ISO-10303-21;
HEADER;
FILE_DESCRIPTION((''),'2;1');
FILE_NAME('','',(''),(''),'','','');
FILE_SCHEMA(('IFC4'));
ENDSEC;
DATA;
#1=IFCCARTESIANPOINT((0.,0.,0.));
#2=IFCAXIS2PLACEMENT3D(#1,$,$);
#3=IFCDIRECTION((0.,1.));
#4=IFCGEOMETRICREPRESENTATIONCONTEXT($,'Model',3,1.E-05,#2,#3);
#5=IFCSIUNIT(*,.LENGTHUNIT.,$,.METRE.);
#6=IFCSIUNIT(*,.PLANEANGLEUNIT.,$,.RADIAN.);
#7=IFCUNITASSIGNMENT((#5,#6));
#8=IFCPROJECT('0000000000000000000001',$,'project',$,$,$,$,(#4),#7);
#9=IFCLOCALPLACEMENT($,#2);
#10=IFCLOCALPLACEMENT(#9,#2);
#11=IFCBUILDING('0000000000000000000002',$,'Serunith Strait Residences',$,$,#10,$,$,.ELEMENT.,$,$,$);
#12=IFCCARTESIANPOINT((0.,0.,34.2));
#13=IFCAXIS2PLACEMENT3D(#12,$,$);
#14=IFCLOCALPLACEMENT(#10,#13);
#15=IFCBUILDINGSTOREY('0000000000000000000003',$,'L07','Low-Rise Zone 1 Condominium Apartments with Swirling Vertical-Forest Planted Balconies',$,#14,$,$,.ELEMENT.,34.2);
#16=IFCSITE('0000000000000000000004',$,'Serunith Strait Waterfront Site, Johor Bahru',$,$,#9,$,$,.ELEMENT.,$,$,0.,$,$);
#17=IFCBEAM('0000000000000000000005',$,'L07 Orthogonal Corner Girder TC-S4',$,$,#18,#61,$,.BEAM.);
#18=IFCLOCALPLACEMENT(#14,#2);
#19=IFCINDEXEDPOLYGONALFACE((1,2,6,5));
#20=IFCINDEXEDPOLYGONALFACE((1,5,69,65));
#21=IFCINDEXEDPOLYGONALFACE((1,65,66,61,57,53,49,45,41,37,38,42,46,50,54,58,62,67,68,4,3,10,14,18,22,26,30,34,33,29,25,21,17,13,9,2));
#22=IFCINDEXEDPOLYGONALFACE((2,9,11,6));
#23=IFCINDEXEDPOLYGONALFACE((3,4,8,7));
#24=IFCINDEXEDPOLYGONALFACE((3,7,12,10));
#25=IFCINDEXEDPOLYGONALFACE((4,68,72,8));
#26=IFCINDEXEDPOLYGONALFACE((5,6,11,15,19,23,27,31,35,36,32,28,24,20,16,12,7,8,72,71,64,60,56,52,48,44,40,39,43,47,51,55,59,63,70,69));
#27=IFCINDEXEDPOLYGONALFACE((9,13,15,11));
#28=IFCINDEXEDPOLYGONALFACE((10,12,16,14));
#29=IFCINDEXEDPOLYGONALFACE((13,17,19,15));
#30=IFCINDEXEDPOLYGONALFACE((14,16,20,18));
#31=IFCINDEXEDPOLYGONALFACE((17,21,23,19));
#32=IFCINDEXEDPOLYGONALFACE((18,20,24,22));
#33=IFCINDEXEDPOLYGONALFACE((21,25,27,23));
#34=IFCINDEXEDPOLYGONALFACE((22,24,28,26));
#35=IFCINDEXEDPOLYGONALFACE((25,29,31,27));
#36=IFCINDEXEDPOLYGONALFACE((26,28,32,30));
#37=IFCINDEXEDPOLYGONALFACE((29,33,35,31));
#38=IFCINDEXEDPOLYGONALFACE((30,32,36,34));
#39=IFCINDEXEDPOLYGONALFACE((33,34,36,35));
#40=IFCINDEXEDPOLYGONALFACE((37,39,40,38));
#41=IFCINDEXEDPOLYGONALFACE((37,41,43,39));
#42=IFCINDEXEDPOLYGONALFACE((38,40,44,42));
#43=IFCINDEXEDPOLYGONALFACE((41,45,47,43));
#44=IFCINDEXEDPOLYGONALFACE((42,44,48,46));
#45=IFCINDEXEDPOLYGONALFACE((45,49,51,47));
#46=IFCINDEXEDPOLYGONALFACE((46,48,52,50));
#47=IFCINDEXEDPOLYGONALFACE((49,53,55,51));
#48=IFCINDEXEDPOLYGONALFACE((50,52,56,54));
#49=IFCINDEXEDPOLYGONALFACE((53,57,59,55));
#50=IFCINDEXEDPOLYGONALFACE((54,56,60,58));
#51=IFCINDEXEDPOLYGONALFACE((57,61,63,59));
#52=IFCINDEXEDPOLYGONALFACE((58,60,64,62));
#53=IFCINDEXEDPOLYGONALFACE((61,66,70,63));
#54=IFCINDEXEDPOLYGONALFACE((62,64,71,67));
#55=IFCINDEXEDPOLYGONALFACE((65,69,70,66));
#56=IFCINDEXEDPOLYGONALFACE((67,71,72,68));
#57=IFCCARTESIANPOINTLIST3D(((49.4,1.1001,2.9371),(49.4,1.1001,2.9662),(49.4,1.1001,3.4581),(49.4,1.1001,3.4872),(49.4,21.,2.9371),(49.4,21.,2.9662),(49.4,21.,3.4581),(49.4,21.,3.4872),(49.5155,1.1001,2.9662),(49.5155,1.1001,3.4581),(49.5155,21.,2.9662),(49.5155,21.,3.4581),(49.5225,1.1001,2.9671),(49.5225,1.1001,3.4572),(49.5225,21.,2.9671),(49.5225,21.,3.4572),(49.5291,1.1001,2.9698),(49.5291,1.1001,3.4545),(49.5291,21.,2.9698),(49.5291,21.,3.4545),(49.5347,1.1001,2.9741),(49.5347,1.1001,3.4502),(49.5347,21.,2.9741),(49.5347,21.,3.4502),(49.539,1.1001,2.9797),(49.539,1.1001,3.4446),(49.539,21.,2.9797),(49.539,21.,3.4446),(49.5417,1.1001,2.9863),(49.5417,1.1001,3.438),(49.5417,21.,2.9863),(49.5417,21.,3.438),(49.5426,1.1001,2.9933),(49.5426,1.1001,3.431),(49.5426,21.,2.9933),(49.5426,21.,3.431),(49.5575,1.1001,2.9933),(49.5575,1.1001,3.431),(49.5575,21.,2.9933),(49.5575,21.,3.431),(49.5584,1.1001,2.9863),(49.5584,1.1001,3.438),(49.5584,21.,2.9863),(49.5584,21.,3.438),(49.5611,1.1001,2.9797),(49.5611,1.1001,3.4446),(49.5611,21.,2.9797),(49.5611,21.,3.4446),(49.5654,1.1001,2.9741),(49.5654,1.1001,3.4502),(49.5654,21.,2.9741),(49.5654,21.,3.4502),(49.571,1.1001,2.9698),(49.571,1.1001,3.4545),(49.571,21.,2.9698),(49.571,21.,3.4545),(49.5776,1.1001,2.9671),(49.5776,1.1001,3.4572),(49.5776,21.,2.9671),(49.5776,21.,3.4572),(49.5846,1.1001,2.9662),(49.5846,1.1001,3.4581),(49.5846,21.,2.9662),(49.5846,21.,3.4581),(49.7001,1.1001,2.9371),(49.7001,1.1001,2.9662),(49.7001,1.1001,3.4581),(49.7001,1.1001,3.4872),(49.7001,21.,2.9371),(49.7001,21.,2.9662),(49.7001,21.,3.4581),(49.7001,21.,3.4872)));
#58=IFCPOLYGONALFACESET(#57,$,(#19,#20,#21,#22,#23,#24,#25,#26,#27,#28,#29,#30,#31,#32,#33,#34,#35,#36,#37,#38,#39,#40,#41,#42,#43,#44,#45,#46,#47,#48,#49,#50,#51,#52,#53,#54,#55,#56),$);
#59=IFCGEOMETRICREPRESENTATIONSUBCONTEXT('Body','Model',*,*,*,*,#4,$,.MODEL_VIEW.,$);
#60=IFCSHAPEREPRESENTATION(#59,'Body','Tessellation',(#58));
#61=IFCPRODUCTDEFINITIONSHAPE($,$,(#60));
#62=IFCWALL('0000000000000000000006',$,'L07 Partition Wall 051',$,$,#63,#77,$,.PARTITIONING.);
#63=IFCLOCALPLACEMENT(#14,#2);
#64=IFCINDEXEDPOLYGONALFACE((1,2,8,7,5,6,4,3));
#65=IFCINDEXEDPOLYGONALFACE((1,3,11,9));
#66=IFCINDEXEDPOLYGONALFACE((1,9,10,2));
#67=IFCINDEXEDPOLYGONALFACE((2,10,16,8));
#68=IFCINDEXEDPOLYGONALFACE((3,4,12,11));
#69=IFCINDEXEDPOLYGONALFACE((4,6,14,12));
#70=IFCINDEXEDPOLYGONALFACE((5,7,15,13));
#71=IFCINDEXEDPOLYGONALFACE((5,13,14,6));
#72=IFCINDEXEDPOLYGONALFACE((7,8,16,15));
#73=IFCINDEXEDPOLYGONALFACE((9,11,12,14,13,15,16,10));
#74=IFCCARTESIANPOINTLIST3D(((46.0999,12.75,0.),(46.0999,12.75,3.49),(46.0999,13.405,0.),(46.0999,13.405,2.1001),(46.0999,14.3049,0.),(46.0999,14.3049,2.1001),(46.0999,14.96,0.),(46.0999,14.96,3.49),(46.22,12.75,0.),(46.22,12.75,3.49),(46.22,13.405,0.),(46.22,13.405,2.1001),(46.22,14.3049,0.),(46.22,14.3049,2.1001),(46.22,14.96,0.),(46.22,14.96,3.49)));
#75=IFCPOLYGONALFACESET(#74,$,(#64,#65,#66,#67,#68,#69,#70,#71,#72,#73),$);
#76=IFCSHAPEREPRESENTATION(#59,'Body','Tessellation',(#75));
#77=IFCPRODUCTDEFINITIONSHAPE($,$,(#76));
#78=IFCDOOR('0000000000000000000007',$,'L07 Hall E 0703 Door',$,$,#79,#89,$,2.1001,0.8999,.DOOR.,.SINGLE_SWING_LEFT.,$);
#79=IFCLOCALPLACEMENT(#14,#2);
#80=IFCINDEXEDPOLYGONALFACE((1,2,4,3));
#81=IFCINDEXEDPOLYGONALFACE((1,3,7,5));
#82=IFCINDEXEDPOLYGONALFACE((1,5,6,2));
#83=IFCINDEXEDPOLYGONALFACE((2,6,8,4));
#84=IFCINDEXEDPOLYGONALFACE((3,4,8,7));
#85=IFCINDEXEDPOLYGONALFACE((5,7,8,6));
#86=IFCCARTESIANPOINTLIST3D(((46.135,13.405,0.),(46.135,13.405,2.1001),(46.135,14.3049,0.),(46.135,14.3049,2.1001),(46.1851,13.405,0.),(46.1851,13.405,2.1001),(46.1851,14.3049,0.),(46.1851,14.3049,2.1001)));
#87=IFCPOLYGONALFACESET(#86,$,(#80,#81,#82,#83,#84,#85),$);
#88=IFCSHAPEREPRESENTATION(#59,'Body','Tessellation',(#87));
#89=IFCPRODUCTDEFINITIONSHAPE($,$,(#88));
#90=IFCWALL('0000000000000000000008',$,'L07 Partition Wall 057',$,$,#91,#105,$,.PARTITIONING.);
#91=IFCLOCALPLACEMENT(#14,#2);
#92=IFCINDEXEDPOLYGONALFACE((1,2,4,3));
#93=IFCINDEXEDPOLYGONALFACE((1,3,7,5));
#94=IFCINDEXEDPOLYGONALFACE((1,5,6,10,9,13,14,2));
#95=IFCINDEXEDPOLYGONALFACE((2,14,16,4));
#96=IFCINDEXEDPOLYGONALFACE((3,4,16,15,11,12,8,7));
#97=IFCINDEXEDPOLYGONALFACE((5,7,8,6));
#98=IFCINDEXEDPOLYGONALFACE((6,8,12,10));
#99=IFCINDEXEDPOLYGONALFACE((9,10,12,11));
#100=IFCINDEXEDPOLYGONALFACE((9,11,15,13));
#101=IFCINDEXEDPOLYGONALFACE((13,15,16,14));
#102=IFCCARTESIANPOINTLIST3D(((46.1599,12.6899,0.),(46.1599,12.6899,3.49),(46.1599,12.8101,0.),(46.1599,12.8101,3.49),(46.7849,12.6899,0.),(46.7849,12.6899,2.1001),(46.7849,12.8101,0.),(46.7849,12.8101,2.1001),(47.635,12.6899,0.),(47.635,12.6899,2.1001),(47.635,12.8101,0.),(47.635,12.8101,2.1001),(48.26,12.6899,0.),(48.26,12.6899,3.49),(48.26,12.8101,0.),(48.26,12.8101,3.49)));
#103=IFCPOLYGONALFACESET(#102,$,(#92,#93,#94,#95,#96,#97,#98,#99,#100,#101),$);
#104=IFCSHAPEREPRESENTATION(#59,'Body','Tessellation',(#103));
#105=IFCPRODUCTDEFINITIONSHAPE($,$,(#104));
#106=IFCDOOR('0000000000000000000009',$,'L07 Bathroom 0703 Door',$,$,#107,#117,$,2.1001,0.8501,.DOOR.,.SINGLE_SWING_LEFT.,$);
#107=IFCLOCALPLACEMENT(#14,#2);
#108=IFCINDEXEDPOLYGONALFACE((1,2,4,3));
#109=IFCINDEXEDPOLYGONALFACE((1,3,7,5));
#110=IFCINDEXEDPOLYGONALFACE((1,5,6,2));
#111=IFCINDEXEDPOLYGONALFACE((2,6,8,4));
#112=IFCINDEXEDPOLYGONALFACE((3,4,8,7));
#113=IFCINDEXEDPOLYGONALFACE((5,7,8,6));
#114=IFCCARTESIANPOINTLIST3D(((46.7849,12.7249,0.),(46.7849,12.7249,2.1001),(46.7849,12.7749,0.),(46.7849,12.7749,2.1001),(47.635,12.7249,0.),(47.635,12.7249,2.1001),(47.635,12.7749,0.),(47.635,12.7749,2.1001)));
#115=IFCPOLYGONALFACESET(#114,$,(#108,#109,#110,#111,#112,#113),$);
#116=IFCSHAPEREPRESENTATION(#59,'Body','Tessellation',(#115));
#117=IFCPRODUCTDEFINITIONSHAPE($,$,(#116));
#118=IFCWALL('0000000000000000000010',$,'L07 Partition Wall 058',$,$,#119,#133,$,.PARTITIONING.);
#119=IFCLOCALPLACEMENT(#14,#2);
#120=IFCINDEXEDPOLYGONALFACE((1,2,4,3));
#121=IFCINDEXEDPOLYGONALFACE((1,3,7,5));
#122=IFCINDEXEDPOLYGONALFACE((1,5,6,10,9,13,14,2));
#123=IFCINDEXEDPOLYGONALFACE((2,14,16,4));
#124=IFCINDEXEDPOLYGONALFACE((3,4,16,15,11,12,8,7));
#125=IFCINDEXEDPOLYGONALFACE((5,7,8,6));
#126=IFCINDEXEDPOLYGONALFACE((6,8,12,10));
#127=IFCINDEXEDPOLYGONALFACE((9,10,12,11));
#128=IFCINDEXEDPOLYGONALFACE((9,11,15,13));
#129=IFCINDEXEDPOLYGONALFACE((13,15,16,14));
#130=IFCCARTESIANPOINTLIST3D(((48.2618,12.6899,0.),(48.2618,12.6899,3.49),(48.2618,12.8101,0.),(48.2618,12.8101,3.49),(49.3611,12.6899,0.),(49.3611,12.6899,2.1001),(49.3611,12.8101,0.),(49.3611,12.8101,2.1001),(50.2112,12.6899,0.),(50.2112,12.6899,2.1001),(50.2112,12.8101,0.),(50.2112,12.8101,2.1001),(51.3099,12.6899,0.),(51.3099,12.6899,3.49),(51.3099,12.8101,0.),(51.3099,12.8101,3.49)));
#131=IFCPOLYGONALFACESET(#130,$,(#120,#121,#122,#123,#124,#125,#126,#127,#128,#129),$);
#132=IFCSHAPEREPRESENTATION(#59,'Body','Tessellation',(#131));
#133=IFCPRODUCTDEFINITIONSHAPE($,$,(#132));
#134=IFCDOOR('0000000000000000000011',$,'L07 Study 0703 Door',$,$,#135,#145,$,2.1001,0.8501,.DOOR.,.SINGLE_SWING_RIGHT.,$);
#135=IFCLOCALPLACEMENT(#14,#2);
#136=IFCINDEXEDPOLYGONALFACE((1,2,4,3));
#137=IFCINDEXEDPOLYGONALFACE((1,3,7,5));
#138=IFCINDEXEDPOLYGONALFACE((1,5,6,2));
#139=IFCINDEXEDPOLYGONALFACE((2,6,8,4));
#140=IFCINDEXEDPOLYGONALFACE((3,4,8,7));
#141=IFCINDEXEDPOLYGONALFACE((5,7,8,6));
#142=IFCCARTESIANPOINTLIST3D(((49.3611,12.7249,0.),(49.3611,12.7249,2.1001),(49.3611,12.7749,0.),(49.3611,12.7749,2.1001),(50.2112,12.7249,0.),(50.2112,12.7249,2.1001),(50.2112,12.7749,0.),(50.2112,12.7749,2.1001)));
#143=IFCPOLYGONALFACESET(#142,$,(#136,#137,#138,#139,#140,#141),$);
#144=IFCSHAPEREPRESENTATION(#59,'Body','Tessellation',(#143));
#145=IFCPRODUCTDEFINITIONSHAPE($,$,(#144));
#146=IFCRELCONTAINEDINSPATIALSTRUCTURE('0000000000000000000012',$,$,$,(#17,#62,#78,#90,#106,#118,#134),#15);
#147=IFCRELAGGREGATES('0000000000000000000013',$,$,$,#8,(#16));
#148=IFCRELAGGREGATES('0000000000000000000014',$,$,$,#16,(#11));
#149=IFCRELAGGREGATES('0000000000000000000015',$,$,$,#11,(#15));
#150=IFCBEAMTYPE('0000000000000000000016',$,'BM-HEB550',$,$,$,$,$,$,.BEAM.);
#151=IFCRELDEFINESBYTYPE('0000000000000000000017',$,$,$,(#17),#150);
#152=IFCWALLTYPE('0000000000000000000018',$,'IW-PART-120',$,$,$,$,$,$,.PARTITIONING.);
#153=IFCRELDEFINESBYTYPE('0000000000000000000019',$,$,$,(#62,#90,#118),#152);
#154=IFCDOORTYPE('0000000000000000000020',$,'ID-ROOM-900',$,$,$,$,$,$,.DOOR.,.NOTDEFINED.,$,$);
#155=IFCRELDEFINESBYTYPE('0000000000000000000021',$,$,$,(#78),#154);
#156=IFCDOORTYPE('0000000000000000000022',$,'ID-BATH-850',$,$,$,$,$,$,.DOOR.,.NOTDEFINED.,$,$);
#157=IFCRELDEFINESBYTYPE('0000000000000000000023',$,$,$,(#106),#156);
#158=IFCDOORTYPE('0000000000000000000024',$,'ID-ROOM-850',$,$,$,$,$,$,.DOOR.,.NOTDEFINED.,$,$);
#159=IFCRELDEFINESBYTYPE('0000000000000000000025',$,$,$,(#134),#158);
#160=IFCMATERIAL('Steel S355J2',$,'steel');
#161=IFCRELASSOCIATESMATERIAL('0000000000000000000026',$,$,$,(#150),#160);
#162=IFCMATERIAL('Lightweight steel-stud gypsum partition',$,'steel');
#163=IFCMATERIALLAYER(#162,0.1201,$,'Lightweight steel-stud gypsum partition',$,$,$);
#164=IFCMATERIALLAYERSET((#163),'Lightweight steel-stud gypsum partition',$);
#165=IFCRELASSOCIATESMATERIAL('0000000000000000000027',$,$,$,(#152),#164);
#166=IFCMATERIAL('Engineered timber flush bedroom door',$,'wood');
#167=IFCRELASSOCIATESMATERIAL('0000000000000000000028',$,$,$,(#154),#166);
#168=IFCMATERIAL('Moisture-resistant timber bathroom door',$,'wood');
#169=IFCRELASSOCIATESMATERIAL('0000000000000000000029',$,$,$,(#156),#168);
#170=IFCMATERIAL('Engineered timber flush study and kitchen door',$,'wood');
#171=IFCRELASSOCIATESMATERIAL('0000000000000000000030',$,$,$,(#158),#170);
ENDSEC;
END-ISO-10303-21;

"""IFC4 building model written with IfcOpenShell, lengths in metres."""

from ifc_helpers import new_model, si_unit, direction, frame, frame_2d, origin, origin_2d, place, context, subcontext, project, spatial, rectangle, i_section, extrude, source, transform, mapped, material, layer, layer_set, material_profile, profile_set, type_object, element, fill, save


model = new_model("IFC4")

# Units and contexts
model_context = context("Model", 3, precision=1e-05, world=origin(), true_north=direction((0.0, 1.0)))
body_context = subcontext(model_context, "Body", "Model", "MODEL_VIEW")
ifc_project = project(units=[si_unit("LENGTHUNIT", "METRE"), si_unit("PLANEANGLEUNIT", "RADIAN")], contexts=[model_context])

# Site, building, storey
site_placement = place(None, origin())
site = spatial("IfcSite", under=ifc_project, at=site_placement, Name="Serunith Strait Waterfront Site, Johor Bahru", CompositionType="ELEMENT", RefElevation=0.0)
building_placement = place(site_placement, origin())
building = spatial("IfcBuilding", under=site, at=building_placement, Name="Serunith Strait Residences", CompositionType="ELEMENT")
storey_placement = place(building_placement, frame((0.0, 0.0, 34.2)))
storey = spatial("IfcBuildingStorey", under=building, at=storey_placement, Name="L07", Description="Low-Rise Zone 1 Condominium Apartments with Swirling Vertical-Forest Planted Balconies", CompositionType="ELEMENT", Elevation=34.2)

# Beam
ifc_material_1 = material(Name="Steel S355J2", Category="steel")
ifc_material_profile = material_profile(ifc_material_1, i_section(OverallWidth=0.3, OverallDepth=0.55, WebThickness=0.0149, FlangeThickness=0.0291, FilletRadius=0.0271, at=origin_2d()), Name="HEB 550")
ifc_profile_set = profile_set([ifc_material_profile], Name="Steel S355J2")
beam_type = type_object("IfcBeamType", Name="BM-HEB550", PredefinedType="BEAM", material=ifc_profile_set)
shared_shape_1 = source(origin(), body_context, "Body", "SweptSolid", [
    extrude(i_section(OverallWidth=0.3, OverallDepth=0.55, WebThickness=0.0149, FlangeThickness=0.0291, FilletRadius=0.0271, at=origin_2d()), origin(), (0.0, 0.0, 1.0), 19.8999),
])
beam_placement = place(storey_placement, frame((49.55, 21.0, 3.2122), z_axis=(0.0, -1.0, 0.0), x_axis=(1.0, 0.0, 0.0)))
element("IfcBeam", 1, at=beam_placement, inside=storey, type_object=beam_type, Name="L07 Orthogonal Corner Girder TC-S4", PredefinedType="BEAM", context=body_context, shape_type="MappedRepresentation", body=[
    mapped(shared_shape_1, transform((0.0, 0.0, 0.0), scale=1.0)),
])

# Walls, openings, doors
ifc_material_2 = material(Name="Lightweight steel-stud gypsum partition", Category="steel")
ifc_layer = layer(ifc_material_2, 0.1201, Name="Lightweight steel-stud gypsum partition")
ifc_layer_set = layer_set([ifc_layer], Name="Lightweight steel-stud gypsum partition")
wall_type = type_object("IfcWallType", Name="IW-PART-120", PredefinedType="PARTITIONING", material=ifc_layer_set)
wall_1_placement = place(storey_placement, frame((46.1599, 12.75, 0.0), z_axis=(0.0, 0.0, 1.0), x_axis=(0.0, 1.0, 0.0)))
wall_1 = element("IfcWall", 2, at=wall_1_placement, inside=storey, type_object=wall_type, Name="L07 Partition Wall 051", PredefinedType="PARTITIONING", context=body_context, shape_type="SweptSolid", body=[
    extrude(rectangle(XDim=2.21, YDim=0.1201, at=frame_2d((1.105, 0.0))), origin(), (0.0, 0.0, 1.0), 3.49),
])
opening_1_placement = place(wall_1_placement, frame((0.655, 0.0, 0.0)))
opening_1 = element("IfcOpeningElement", 3, at=opening_1_placement, cuts=wall_1, PredefinedType="OPENING", context=body_context, shape_type="SweptSolid", body=[
    extrude(rectangle(XDim=0.8999, YDim=2.1001, at=frame_2d((0.45, 1.05))), frame((0.0, 0.0701, 0.0), z_axis=(0.0, -1.0, 0.0), x_axis=(1.0, 0.0, 0.0)), (0.0, 0.0, 1.0), 0.1401),
])
ifc_material_3 = material(Name="Engineered timber flush bedroom door", Category="wood")
door_type_1 = type_object("IfcDoorType", Name="ID-ROOM-900", OperationType="NOTDEFINED", PredefinedType="DOOR", material=ifc_material_3)
shared_shape_2 = source(origin(), body_context, "Body", "SweptSolid", [
    extrude(rectangle(XDim=0.8999, YDim=2.1001, at=frame_2d((0.45, 1.05))), frame((0.0, 0.0249, 0.0), z_axis=(0.0, -1.0, 0.0), x_axis=(1.0, 0.0, 0.0)), (0.0, 0.0, 1.0), 0.05),
])
door_1_placement = place(opening_1_placement, origin())
door_1 = element("IfcDoor", 4, at=door_1_placement, inside=storey, type_object=door_type_1, Name="L07 Hall E 0703 Door", OperationType="SINGLE_SWING_LEFT", OverallHeight=2.1001, OverallWidth=0.8999, PredefinedType="DOOR", context=body_context, shape_type="MappedRepresentation", body=[
    mapped(shared_shape_2, transform((0.0, 0.0, 0.0), scale=1.0)),
])
fill(opening_1, door_1)
wall_2_placement = place(storey_placement, frame((46.1599, 12.75, 0.0), z_axis=(0.0, 0.0, 1.0), x_axis=(1.0, 0.0, 0.0)))
wall_2 = element("IfcWall", 5, at=wall_2_placement, inside=storey, type_object=wall_type, Name="L07 Partition Wall 057", PredefinedType="PARTITIONING", context=body_context, shape_type="SweptSolid", body=[
    extrude(rectangle(XDim=2.1001, YDim=0.1201, at=frame_2d((1.05, 0.0))), origin(), (0.0, 0.0, 1.0), 3.49),
])
opening_2_placement = place(wall_2_placement, frame((0.625, 0.0, 0.0)))
opening_2 = element("IfcOpeningElement", 6, at=opening_2_placement, cuts=wall_2, PredefinedType="OPENING", context=body_context, shape_type="SweptSolid", body=[
    extrude(rectangle(XDim=0.8501, YDim=2.1001, at=frame_2d((0.425, 1.05))), frame((0.0, 0.0701, 0.0), z_axis=(0.0, -1.0, 0.0), x_axis=(1.0, 0.0, 0.0)), (0.0, 0.0, 1.0), 0.1401),
])
ifc_material_4 = material(Name="Moisture-resistant timber bathroom door", Category="wood")
door_type_2 = type_object("IfcDoorType", Name="ID-BATH-850", OperationType="NOTDEFINED", PredefinedType="DOOR", material=ifc_material_4)
shared_shape_3 = source(origin(), body_context, "Body", "SweptSolid", [
    extrude(rectangle(XDim=0.8501, YDim=2.1001, at=frame_2d((0.425, 1.05))), frame((0.0, 0.0249, 0.0), z_axis=(0.0, -1.0, 0.0), x_axis=(1.0, 0.0, 0.0)), (0.0, 0.0, 1.0), 0.05),
])
door_2_placement = place(opening_2_placement, origin())
door_2 = element("IfcDoor", 7, at=door_2_placement, inside=storey, type_object=door_type_2, Name="L07 Bathroom 0703 Door", OperationType="SINGLE_SWING_LEFT", OverallHeight=2.1001, OverallWidth=0.8501, PredefinedType="DOOR", context=body_context, shape_type="MappedRepresentation", body=[
    mapped(shared_shape_3, transform((0.0, 0.0, 0.0), scale=1.0)),
])
fill(opening_2, door_2)
wall_3_placement = place(storey_placement, frame((48.262, 12.75, 0.0), z_axis=(0.0, 0.0, 1.0), x_axis=(1.0, 0.0, 0.0)))
wall_3 = element("IfcWall", 8, at=wall_3_placement, inside=storey, type_object=wall_type, Name="L07 Partition Wall 058", PredefinedType="PARTITIONING", context=body_context, shape_type="SweptSolid", body=[
    extrude(rectangle(XDim=3.0481, YDim=0.1201, at=frame_2d((1.5239, 0.0))), origin(), (0.0, 0.0, 1.0), 3.49),
])
opening_3_placement = place(wall_3_placement, frame((1.0991, 0.0, 0.0)))
opening_3 = element("IfcOpeningElement", 9, at=opening_3_placement, cuts=wall_3, PredefinedType="OPENING", context=body_context, shape_type="SweptSolid", body=[
    extrude(rectangle(XDim=0.8501, YDim=2.1001, at=frame_2d((0.425, 1.05))), frame((0.0, 0.0701, 0.0), z_axis=(0.0, -1.0, 0.0), x_axis=(1.0, 0.0, 0.0)), (0.0, 0.0, 1.0), 0.1401),
])
ifc_material_5 = material(Name="Engineered timber flush study and kitchen door", Category="wood")
door_type_3 = type_object("IfcDoorType", Name="ID-ROOM-850", OperationType="NOTDEFINED", PredefinedType="DOOR", material=ifc_material_5)
door_3_placement = place(opening_3_placement, origin())
door_3 = element("IfcDoor", 10, at=door_3_placement, inside=storey, type_object=door_type_3, Name="L07 Study 0703 Door", OperationType="SINGLE_SWING_RIGHT", OverallHeight=2.1001, OverallWidth=0.8501, PredefinedType="DOOR", context=body_context, shape_type="MappedRepresentation", body=[
    mapped(shared_shape_3, transform((0.0, 0.0, 0.0), scale=1.0)),
])
fill(opening_3, door_3)

save(model, "model.ifc")
